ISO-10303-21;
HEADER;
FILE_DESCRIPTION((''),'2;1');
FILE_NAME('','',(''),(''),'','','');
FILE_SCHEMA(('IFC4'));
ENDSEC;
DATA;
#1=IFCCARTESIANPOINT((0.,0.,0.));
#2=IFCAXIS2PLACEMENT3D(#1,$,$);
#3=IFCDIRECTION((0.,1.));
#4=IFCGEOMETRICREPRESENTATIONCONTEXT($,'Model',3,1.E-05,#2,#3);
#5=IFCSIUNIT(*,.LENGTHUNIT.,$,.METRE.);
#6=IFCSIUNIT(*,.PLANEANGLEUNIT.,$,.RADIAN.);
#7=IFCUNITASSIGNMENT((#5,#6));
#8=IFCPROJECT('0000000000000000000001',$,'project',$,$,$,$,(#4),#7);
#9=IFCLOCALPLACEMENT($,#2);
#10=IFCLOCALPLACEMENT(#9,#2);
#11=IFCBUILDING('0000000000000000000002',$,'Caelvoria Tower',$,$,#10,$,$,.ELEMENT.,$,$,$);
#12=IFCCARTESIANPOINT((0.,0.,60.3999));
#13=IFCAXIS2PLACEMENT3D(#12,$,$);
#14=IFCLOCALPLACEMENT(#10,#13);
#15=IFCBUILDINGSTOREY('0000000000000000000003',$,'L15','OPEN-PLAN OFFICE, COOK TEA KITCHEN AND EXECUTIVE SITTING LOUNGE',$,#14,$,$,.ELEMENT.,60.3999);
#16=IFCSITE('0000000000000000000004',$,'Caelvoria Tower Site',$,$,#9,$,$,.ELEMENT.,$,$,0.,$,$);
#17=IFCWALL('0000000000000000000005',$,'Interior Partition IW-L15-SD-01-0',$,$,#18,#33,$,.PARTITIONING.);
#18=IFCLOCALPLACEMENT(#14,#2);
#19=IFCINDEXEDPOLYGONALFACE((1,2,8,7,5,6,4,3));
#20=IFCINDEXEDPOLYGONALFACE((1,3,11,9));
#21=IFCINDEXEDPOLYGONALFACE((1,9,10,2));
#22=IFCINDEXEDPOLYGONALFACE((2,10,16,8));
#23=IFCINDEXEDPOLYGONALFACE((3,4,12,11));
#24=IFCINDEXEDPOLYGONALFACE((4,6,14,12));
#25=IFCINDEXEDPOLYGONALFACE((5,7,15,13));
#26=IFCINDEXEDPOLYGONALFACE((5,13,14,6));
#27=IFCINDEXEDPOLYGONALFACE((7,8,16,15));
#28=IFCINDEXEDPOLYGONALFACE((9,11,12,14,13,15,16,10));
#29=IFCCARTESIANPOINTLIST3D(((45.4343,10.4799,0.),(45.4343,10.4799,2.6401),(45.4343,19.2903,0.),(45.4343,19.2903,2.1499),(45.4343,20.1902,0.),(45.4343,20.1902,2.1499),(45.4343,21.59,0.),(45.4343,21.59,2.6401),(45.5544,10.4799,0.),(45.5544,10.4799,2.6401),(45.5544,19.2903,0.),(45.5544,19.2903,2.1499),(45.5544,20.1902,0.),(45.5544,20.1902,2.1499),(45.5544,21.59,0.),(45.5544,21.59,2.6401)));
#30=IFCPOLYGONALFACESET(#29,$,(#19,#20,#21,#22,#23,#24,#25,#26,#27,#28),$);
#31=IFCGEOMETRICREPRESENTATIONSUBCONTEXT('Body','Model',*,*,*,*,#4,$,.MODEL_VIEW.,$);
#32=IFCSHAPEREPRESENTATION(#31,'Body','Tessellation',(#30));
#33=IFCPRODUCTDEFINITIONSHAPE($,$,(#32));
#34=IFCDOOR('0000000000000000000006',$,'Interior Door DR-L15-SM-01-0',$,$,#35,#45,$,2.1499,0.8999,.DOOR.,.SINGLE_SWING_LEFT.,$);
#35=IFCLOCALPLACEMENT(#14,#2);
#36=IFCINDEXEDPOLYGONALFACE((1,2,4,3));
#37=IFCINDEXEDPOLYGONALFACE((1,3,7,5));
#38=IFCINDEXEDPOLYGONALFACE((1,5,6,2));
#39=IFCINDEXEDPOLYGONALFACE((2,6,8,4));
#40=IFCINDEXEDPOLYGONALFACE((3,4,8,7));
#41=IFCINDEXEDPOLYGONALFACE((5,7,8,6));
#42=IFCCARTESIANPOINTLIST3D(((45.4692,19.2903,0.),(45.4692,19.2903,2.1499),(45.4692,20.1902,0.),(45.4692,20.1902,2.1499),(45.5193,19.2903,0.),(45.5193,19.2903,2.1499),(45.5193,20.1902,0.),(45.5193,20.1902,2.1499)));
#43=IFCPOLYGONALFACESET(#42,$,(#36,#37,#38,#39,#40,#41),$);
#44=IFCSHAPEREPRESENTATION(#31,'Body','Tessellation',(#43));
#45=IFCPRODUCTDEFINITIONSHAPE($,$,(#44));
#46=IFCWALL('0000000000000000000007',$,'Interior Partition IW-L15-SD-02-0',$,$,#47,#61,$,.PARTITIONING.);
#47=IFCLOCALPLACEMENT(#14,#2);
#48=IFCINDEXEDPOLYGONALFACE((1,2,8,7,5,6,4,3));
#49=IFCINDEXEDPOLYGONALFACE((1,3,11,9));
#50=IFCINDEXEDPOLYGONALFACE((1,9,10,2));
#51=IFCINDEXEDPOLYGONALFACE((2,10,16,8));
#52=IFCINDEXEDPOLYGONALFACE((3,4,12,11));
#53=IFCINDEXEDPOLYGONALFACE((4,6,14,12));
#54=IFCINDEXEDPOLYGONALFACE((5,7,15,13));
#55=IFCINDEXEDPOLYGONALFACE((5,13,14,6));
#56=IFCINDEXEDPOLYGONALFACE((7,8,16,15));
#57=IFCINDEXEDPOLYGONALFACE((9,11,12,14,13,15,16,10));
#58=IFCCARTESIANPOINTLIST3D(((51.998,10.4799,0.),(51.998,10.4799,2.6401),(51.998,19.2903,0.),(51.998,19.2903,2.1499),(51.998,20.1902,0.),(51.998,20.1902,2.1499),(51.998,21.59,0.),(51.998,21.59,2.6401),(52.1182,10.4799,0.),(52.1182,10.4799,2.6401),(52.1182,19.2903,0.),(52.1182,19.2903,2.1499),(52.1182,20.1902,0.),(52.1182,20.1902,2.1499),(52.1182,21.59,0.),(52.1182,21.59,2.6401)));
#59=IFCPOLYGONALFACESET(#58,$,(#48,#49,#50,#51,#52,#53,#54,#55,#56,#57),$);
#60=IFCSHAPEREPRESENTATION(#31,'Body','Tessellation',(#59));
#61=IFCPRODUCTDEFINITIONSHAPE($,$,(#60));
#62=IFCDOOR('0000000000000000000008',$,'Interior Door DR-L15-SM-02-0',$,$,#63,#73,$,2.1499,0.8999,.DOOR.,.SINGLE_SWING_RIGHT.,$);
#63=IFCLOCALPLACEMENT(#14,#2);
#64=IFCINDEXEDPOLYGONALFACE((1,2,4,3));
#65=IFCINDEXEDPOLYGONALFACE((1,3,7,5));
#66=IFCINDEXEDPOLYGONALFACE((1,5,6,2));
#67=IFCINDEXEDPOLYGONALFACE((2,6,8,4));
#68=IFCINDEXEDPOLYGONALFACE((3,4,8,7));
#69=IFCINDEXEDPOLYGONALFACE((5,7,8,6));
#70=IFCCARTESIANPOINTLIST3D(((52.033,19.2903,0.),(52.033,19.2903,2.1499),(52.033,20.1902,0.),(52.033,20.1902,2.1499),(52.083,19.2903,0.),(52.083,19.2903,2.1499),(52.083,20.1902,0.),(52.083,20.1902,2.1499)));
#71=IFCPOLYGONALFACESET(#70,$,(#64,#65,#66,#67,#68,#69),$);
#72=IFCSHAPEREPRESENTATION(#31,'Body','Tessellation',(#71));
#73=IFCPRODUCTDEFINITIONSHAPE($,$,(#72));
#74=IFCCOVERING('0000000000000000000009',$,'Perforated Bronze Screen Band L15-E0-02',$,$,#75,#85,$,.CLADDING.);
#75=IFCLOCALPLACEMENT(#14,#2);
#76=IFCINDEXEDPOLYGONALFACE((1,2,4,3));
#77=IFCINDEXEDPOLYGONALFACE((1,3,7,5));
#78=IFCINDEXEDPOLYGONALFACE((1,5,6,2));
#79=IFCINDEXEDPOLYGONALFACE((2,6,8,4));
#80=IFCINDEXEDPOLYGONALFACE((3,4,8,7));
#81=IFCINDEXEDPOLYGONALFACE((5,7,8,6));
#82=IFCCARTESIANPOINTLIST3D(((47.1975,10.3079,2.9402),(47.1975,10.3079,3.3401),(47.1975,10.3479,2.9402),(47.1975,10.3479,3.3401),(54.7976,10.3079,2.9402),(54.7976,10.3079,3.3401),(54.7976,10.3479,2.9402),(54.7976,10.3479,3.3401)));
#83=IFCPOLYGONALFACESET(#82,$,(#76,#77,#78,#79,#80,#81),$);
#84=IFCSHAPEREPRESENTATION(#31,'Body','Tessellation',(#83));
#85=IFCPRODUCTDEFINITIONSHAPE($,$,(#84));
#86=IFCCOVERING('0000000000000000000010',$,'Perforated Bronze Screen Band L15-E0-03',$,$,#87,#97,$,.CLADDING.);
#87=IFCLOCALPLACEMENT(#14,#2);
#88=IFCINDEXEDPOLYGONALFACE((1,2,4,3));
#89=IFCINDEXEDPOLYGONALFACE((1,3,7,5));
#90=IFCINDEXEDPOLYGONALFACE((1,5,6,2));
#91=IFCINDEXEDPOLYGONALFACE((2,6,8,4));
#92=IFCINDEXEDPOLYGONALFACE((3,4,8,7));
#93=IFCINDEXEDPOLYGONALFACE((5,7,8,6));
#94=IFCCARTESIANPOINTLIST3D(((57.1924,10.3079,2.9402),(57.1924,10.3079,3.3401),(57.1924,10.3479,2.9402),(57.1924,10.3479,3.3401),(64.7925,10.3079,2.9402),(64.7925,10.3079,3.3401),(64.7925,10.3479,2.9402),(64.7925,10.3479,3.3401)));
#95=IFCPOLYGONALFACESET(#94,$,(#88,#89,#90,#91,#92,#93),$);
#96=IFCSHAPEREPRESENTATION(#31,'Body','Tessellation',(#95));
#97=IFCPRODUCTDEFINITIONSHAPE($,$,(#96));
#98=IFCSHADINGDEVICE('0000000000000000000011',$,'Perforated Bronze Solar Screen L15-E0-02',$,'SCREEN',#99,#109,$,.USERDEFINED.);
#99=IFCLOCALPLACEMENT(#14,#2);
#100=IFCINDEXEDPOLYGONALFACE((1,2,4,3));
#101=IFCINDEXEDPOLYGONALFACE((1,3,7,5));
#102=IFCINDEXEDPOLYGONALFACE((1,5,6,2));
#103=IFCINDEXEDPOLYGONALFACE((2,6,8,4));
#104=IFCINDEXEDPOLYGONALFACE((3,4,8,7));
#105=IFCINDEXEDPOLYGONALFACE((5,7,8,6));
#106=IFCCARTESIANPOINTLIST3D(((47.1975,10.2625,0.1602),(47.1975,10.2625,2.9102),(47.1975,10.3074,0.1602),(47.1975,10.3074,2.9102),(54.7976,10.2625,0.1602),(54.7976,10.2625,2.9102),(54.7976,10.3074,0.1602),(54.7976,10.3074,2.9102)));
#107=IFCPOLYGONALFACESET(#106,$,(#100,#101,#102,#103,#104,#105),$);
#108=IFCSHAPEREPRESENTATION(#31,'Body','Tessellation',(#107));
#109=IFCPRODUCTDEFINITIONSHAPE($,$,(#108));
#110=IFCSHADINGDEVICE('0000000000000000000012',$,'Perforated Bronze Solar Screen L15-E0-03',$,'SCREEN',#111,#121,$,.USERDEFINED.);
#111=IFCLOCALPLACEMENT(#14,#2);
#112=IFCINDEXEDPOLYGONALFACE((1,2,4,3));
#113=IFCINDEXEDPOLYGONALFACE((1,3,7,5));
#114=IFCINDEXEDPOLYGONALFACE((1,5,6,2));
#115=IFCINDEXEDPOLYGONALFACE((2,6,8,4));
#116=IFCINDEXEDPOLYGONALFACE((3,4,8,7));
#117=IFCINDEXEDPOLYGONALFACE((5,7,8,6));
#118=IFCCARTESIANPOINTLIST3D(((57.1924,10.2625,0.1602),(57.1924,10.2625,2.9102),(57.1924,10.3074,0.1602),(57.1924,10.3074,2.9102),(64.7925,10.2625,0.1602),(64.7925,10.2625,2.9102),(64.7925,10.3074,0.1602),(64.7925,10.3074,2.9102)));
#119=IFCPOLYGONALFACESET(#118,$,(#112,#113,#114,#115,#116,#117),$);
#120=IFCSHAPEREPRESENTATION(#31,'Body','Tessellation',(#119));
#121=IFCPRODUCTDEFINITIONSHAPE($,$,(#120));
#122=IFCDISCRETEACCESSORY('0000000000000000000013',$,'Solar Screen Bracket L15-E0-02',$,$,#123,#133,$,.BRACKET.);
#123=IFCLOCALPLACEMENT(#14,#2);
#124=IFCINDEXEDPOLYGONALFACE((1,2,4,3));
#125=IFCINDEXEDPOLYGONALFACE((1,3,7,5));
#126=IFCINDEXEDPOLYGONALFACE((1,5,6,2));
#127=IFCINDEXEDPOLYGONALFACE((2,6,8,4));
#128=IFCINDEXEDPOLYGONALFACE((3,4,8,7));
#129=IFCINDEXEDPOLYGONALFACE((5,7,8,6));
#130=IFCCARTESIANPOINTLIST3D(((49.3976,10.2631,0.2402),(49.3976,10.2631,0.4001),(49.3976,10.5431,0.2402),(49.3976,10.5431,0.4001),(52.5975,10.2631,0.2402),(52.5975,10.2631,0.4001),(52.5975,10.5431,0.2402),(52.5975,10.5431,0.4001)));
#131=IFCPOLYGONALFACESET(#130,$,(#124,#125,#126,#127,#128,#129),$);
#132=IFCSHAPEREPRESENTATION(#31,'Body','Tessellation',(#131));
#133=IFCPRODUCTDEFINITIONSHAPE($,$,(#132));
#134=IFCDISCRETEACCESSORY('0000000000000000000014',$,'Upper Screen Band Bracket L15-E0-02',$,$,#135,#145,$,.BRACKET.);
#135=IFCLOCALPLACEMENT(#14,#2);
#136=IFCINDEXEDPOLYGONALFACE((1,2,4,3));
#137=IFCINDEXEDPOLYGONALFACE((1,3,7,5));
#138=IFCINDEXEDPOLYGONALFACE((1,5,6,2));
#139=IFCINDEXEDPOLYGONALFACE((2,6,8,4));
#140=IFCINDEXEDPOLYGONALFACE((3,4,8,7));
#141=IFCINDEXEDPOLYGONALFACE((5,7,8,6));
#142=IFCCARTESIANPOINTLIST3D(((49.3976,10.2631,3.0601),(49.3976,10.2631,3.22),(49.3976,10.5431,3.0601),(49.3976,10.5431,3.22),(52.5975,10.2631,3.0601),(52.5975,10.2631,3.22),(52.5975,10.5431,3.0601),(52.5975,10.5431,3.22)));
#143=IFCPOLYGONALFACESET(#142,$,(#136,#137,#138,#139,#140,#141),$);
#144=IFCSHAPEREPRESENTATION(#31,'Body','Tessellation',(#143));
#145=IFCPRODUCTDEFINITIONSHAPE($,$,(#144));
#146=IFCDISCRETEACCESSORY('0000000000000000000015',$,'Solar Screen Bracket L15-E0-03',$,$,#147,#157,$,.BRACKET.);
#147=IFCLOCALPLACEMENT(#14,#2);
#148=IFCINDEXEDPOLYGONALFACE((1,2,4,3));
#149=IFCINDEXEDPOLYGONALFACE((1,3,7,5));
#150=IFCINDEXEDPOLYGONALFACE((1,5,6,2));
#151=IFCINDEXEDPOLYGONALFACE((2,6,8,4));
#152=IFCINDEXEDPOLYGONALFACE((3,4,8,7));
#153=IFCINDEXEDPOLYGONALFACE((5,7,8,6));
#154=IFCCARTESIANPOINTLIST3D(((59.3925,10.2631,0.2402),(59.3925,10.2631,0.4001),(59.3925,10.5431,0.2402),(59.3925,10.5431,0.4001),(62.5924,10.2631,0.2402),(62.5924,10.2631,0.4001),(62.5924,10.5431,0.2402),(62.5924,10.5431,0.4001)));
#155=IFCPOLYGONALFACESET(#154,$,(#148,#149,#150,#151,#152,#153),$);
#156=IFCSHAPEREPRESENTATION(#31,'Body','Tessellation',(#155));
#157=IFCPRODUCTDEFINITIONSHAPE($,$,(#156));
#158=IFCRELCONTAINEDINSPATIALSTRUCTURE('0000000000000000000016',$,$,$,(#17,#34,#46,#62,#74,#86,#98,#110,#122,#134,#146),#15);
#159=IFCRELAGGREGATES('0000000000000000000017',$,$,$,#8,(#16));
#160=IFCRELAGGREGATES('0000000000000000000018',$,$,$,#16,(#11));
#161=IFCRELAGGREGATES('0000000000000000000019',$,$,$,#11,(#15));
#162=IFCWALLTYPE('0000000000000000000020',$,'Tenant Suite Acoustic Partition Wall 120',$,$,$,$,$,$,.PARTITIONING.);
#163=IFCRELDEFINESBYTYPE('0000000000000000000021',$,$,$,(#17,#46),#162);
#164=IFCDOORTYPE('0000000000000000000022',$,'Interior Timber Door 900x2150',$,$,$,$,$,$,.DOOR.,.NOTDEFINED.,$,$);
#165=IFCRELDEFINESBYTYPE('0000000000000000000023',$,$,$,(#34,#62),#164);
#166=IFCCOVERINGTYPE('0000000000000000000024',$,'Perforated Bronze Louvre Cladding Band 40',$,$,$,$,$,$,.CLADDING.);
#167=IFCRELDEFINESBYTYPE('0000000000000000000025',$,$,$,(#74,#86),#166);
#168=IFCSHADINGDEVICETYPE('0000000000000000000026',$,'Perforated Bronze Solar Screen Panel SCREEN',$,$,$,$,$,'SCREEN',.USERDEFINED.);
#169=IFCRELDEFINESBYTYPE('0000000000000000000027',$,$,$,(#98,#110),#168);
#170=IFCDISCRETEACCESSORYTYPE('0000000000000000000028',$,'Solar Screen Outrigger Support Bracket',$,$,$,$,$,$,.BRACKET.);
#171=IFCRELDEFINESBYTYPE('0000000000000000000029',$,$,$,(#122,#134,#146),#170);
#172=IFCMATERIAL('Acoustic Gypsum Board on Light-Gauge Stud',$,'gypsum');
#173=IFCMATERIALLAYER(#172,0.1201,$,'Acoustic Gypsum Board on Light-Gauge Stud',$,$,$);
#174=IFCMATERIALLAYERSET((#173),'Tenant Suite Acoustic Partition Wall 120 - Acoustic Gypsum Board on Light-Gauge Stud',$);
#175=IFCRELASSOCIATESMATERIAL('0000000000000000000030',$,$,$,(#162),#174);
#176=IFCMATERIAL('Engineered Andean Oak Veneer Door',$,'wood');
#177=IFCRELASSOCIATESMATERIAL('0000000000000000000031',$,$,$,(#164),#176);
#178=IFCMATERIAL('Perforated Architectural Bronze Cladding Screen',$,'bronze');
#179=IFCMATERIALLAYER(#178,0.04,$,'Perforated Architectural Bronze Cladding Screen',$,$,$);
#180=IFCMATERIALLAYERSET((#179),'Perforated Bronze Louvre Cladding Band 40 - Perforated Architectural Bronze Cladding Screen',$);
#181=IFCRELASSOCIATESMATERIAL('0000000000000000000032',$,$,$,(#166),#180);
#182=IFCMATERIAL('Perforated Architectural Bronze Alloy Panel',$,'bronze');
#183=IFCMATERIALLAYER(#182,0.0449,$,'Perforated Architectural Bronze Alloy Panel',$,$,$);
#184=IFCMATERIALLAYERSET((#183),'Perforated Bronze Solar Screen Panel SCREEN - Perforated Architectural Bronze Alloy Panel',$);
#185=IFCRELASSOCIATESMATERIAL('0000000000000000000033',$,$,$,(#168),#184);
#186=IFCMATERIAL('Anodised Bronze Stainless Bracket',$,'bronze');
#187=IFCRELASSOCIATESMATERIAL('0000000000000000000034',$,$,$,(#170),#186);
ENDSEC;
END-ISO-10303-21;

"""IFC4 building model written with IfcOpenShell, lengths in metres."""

from ifc_helpers import new_model, si_unit, direction, frame, frame_2d, origin, origin_2d, place, context, subcontext, project, spatial, rectangle, extrude, material, layer, layer_set, type_object, element, fill, save


model = new_model("IFC4")

# Units and contexts
model_context = context("Model", 3, precision=1e-05, world=origin(), true_north=direction((0.0, 1.0)))
body_context = subcontext(model_context, "Body", "Model", "MODEL_VIEW")
ifc_project = project(units=[si_unit("LENGTHUNIT", "METRE"), si_unit("PLANEANGLEUNIT", "RADIAN")], contexts=[model_context])

# Site, building, storey
site_placement = place(None, origin())
site = spatial("IfcSite", under=ifc_project, at=site_placement, Name="Caelvoria Tower Site", CompositionType="ELEMENT", RefElevation=0.0)
building_placement = place(site_placement, origin())
building = spatial("IfcBuilding", under=site, at=building_placement, Name="Caelvoria Tower", CompositionType="ELEMENT")
storey_placement = place(building_placement, frame((0.0, 0.0, 60.3999)))
storey = spatial("IfcBuildingStorey", under=building, at=storey_placement, Name="L15", Description="OPEN-PLAN OFFICE, COOK TEA KITCHEN AND EXECUTIVE SITTING LOUNGE", CompositionType="ELEMENT", Elevation=60.3999)

# Walls, openings, doors
ifc_material_1 = material(Name="Acoustic Gypsum Board on Light-Gauge Stud", Category="gypsum")
ifc_layer_1 = layer(ifc_material_1, 0.1201, Name="Acoustic Gypsum Board on Light-Gauge Stud")
ifc_layer_set_1 = layer_set([ifc_layer_1], Name="Tenant Suite Acoustic Partition Wall 120 - Acoustic Gypsum Board on Light-Gauge Stud")
wall_type = type_object("IfcWallType", Name="Tenant Suite Acoustic Partition Wall 120", PredefinedType="PARTITIONING", material=ifc_layer_set_1)
wall_1_placement = place(storey_placement, frame((45.4944, 21.5901, 0.0), z_axis=(0.0, 0.0, 1.0), x_axis=(0.0, -1.0, 0.0)))
wall_1 = element("IfcWall", 1, at=wall_1_placement, inside=storey, type_object=wall_type, Name="Interior Partition IW-L15-SD-01-0", PredefinedType="PARTITIONING", context=body_context, shape_type="SweptSolid", body=[
    extrude(rectangle(XDim=11.1101, YDim=0.1201, at=frame_2d((5.5552, 0.0))), origin(), (0.0, 0.0, 1.0), 2.6401),
])
opening_1_placement = place(wall_1_placement, frame((1.3999, 0.0, 0.0)))
opening_1 = element("IfcOpeningElement", 2, at=opening_1_placement, cuts=wall_1, PredefinedType="OPENING", context=body_context, shape_type="SweptSolid", body=[
    extrude(rectangle(XDim=0.8999, YDim=2.1499, at=frame_2d((0.45, 1.075))), frame((0.0, 0.0701, 0.0), z_axis=(0.0, -1.0, 0.0), x_axis=(1.0, 0.0, 0.0)), (0.0, 0.0, 1.0), 0.1401),
])
ifc_material_2 = material(Name="Engineered Andean Oak Veneer Door", Category="wood")
door_type = type_object("IfcDoorType", Name="Interior Timber Door 900x2150", OperationType="NOTDEFINED", PredefinedType="DOOR", material=ifc_material_2)
door_1_placement = place(opening_1_placement, origin())
door_1 = element("IfcDoor", 3, at=door_1_placement, inside=storey, type_object=door_type, Name="Interior Door DR-L15-SM-01-0", OperationType="SINGLE_SWING_LEFT", OverallHeight=2.1499, OverallWidth=0.8999, PredefinedType="DOOR", context=body_context, shape_type="SweptSolid", body=[
    extrude(rectangle(XDim=0.8999, YDim=2.1499, at=frame_2d((0.45, 1.075))), frame((0.0, 0.0249, 0.0), z_axis=(0.0, -1.0, 0.0), x_axis=(1.0, 0.0, 0.0)), (0.0, 0.0, 1.0), 0.05),
])
fill(opening_1, door_1)
wall_2_placement = place(storey_placement, frame((52.0581, 21.5901, 0.0), z_axis=(0.0, 0.0, 1.0), x_axis=(0.0, -1.0, 0.0)))
wall_2 = element("IfcWall", 4, at=wall_2_placement, inside=storey, type_object=wall_type, Name="Interior Partition IW-L15-SD-02-0", PredefinedType="PARTITIONING", context=body_context, shape_type="SweptSolid", body=[
    extrude(rectangle(XDim=11.1101, YDim=0.1201, at=frame_2d((5.5552, 0.0))), origin(), (0.0, 0.0, 1.0), 2.6401),
])
opening_2_placement = place(wall_2_placement, frame((1.3999, 0.0, 0.0)))
opening_2 = element("IfcOpeningElement", 5, at=opening_2_placement, cuts=wall_2, PredefinedType="OPENING", context=body_context, shape_type="SweptSolid", body=[
    extrude(rectangle(XDim=0.8999, YDim=2.1499, at=frame_2d((0.45, 1.075))), frame((0.0, 0.0701, 0.0), z_axis=(0.0, -1.0, 0.0), x_axis=(1.0, 0.0, 0.0)), (0.0, 0.0, 1.0), 0.1401),
])
door_2_placement = place(opening_2_placement, origin())
door_2 = element("IfcDoor", 6, at=door_2_placement, inside=storey, type_object=door_type, Name="Interior Door DR-L15-SM-02-0", OperationType="SINGLE_SWING_RIGHT", OverallHeight=2.1499, OverallWidth=0.8999, PredefinedType="DOOR", context=body_context, shape_type="SweptSolid", body=[
    extrude(rectangle(XDim=0.8999, YDim=2.1499, at=frame_2d((0.45, 1.075))), frame((0.0, 0.0249, 0.0), z_axis=(0.0, -1.0, 0.0), x_axis=(1.0, 0.0, 0.0)), (0.0, 0.0, 1.0), 0.05),
])
fill(opening_2, door_2)

# Coverings
ifc_material_3 = material(Name="Perforated Architectural Bronze Cladding Screen", Category="bronze")
ifc_layer_2 = layer(ifc_material_3, 0.04, Name="Perforated Architectural Bronze Cladding Screen")
ifc_layer_set_2 = layer_set([ifc_layer_2], Name="Perforated Bronze Louvre Cladding Band 40 - Perforated Architectural Bronze Cladding Screen")
covering_type = type_object("IfcCoveringType", Name="Perforated Bronze Louvre Cladding Band 40", PredefinedType="CLADDING", material=ifc_layer_set_2)
for number, where, z_axis, x_axis, name in (
    (7, (50.9976, 10.3279, 2.9402), (0.0, 0.0, 1.0), (1.0, 0.0, 0.0), "Perforated Bronze Screen Band L15-E0-02"),
    (8, (60.9924, 10.3279, 2.9402), (0.0, 0.0, 1.0), (1.0, 0.0, 0.0), "Perforated Bronze Screen Band L15-E0-03"),
):
    element("IfcCovering", number, at=place(storey_placement, frame(where, z_axis=z_axis, x_axis=x_axis)), inside=storey, type_object=covering_type, Name=name, PredefinedType="CLADDING", context=body_context, shape_type="SweptSolid", body=[
        extrude(rectangle(XDim=7.6001, YDim=0.04, at=origin_2d()), origin(), (0.0, 0.0, 1.0), 0.3999),
    ])

# Shading devices
ifc_material_4 = material(Name="Perforated Architectural Bronze Alloy Panel", Category="bronze")
ifc_layer_3 = layer(ifc_material_4, 0.0449, Name="Perforated Architectural Bronze Alloy Panel")
ifc_layer_set_3 = layer_set([ifc_layer_3], Name="Perforated Bronze Solar Screen Panel SCREEN - Perforated Architectural Bronze Alloy Panel")
shading_device_type = type_object("IfcShadingDeviceType", Name="Perforated Bronze Solar Screen Panel SCREEN", ElementType="SCREEN", PredefinedType="USERDEFINED", material=ifc_layer_set_3)
for number, where, z_axis, x_axis, name in (
    (9, (50.9976, 10.2849, 0.1602), (0.0, 0.0, 1.0), (1.0, 0.0, 0.0), "Perforated Bronze Solar Screen L15-E0-02"),
    (10, (60.9924, 10.2849, 0.1602), (0.0, 0.0, 1.0), (1.0, 0.0, 0.0), "Perforated Bronze Solar Screen L15-E0-03"),
):
    element("IfcShadingDevice", number, at=place(storey_placement, frame(where, z_axis=z_axis, x_axis=x_axis)), inside=storey, type_object=shading_device_type, Name=name, ObjectType="SCREEN", PredefinedType="USERDEFINED", context=body_context, shape_type="SweptSolid", body=[
        extrude(rectangle(XDim=7.6001, YDim=0.0449, at=origin_2d()), origin(), (0.0, 0.0, 1.0), 2.75),
    ])

# Discrete accessories
ifc_material_5 = material(Name="Anodised Bronze Stainless Bracket", Category="bronze")
discrete_accessory_type = type_object("IfcDiscreteAccessoryType", Name="Solar Screen Outrigger Support Bracket", PredefinedType="BRACKET", material=ifc_material_5)
for number, where, z_axis, x_axis, name in (
    (11, (50.9976, 10.4031, 0.2402), (0.0, 0.0, 1.0), (1.0, 0.0, 0.0), "Solar Screen Bracket L15-E0-02"),
    (12, (50.9976, 10.4031, 3.0601), (0.0, 0.0, 1.0), (1.0, 0.0, 0.0), "Upper Screen Band Bracket L15-E0-02"),
    (13, (60.9924, 10.4031, 0.2402), (0.0, 0.0, 1.0), (1.0, 0.0, 0.0), "Solar Screen Bracket L15-E0-03"),
):
    element("IfcDiscreteAccessory", number, at=place(storey_placement, frame(where, z_axis=z_axis, x_axis=x_axis)), inside=storey, type_object=discrete_accessory_type, Name=name, PredefinedType="BRACKET", context=body_context, shape_type="SweptSolid", body=[
        extrude(rectangle(XDim=3.2, YDim=0.28, at=origin_2d()), origin(), (0.0, 0.0, 1.0), 0.1599),
    ])

save(model, "model.ifc")
